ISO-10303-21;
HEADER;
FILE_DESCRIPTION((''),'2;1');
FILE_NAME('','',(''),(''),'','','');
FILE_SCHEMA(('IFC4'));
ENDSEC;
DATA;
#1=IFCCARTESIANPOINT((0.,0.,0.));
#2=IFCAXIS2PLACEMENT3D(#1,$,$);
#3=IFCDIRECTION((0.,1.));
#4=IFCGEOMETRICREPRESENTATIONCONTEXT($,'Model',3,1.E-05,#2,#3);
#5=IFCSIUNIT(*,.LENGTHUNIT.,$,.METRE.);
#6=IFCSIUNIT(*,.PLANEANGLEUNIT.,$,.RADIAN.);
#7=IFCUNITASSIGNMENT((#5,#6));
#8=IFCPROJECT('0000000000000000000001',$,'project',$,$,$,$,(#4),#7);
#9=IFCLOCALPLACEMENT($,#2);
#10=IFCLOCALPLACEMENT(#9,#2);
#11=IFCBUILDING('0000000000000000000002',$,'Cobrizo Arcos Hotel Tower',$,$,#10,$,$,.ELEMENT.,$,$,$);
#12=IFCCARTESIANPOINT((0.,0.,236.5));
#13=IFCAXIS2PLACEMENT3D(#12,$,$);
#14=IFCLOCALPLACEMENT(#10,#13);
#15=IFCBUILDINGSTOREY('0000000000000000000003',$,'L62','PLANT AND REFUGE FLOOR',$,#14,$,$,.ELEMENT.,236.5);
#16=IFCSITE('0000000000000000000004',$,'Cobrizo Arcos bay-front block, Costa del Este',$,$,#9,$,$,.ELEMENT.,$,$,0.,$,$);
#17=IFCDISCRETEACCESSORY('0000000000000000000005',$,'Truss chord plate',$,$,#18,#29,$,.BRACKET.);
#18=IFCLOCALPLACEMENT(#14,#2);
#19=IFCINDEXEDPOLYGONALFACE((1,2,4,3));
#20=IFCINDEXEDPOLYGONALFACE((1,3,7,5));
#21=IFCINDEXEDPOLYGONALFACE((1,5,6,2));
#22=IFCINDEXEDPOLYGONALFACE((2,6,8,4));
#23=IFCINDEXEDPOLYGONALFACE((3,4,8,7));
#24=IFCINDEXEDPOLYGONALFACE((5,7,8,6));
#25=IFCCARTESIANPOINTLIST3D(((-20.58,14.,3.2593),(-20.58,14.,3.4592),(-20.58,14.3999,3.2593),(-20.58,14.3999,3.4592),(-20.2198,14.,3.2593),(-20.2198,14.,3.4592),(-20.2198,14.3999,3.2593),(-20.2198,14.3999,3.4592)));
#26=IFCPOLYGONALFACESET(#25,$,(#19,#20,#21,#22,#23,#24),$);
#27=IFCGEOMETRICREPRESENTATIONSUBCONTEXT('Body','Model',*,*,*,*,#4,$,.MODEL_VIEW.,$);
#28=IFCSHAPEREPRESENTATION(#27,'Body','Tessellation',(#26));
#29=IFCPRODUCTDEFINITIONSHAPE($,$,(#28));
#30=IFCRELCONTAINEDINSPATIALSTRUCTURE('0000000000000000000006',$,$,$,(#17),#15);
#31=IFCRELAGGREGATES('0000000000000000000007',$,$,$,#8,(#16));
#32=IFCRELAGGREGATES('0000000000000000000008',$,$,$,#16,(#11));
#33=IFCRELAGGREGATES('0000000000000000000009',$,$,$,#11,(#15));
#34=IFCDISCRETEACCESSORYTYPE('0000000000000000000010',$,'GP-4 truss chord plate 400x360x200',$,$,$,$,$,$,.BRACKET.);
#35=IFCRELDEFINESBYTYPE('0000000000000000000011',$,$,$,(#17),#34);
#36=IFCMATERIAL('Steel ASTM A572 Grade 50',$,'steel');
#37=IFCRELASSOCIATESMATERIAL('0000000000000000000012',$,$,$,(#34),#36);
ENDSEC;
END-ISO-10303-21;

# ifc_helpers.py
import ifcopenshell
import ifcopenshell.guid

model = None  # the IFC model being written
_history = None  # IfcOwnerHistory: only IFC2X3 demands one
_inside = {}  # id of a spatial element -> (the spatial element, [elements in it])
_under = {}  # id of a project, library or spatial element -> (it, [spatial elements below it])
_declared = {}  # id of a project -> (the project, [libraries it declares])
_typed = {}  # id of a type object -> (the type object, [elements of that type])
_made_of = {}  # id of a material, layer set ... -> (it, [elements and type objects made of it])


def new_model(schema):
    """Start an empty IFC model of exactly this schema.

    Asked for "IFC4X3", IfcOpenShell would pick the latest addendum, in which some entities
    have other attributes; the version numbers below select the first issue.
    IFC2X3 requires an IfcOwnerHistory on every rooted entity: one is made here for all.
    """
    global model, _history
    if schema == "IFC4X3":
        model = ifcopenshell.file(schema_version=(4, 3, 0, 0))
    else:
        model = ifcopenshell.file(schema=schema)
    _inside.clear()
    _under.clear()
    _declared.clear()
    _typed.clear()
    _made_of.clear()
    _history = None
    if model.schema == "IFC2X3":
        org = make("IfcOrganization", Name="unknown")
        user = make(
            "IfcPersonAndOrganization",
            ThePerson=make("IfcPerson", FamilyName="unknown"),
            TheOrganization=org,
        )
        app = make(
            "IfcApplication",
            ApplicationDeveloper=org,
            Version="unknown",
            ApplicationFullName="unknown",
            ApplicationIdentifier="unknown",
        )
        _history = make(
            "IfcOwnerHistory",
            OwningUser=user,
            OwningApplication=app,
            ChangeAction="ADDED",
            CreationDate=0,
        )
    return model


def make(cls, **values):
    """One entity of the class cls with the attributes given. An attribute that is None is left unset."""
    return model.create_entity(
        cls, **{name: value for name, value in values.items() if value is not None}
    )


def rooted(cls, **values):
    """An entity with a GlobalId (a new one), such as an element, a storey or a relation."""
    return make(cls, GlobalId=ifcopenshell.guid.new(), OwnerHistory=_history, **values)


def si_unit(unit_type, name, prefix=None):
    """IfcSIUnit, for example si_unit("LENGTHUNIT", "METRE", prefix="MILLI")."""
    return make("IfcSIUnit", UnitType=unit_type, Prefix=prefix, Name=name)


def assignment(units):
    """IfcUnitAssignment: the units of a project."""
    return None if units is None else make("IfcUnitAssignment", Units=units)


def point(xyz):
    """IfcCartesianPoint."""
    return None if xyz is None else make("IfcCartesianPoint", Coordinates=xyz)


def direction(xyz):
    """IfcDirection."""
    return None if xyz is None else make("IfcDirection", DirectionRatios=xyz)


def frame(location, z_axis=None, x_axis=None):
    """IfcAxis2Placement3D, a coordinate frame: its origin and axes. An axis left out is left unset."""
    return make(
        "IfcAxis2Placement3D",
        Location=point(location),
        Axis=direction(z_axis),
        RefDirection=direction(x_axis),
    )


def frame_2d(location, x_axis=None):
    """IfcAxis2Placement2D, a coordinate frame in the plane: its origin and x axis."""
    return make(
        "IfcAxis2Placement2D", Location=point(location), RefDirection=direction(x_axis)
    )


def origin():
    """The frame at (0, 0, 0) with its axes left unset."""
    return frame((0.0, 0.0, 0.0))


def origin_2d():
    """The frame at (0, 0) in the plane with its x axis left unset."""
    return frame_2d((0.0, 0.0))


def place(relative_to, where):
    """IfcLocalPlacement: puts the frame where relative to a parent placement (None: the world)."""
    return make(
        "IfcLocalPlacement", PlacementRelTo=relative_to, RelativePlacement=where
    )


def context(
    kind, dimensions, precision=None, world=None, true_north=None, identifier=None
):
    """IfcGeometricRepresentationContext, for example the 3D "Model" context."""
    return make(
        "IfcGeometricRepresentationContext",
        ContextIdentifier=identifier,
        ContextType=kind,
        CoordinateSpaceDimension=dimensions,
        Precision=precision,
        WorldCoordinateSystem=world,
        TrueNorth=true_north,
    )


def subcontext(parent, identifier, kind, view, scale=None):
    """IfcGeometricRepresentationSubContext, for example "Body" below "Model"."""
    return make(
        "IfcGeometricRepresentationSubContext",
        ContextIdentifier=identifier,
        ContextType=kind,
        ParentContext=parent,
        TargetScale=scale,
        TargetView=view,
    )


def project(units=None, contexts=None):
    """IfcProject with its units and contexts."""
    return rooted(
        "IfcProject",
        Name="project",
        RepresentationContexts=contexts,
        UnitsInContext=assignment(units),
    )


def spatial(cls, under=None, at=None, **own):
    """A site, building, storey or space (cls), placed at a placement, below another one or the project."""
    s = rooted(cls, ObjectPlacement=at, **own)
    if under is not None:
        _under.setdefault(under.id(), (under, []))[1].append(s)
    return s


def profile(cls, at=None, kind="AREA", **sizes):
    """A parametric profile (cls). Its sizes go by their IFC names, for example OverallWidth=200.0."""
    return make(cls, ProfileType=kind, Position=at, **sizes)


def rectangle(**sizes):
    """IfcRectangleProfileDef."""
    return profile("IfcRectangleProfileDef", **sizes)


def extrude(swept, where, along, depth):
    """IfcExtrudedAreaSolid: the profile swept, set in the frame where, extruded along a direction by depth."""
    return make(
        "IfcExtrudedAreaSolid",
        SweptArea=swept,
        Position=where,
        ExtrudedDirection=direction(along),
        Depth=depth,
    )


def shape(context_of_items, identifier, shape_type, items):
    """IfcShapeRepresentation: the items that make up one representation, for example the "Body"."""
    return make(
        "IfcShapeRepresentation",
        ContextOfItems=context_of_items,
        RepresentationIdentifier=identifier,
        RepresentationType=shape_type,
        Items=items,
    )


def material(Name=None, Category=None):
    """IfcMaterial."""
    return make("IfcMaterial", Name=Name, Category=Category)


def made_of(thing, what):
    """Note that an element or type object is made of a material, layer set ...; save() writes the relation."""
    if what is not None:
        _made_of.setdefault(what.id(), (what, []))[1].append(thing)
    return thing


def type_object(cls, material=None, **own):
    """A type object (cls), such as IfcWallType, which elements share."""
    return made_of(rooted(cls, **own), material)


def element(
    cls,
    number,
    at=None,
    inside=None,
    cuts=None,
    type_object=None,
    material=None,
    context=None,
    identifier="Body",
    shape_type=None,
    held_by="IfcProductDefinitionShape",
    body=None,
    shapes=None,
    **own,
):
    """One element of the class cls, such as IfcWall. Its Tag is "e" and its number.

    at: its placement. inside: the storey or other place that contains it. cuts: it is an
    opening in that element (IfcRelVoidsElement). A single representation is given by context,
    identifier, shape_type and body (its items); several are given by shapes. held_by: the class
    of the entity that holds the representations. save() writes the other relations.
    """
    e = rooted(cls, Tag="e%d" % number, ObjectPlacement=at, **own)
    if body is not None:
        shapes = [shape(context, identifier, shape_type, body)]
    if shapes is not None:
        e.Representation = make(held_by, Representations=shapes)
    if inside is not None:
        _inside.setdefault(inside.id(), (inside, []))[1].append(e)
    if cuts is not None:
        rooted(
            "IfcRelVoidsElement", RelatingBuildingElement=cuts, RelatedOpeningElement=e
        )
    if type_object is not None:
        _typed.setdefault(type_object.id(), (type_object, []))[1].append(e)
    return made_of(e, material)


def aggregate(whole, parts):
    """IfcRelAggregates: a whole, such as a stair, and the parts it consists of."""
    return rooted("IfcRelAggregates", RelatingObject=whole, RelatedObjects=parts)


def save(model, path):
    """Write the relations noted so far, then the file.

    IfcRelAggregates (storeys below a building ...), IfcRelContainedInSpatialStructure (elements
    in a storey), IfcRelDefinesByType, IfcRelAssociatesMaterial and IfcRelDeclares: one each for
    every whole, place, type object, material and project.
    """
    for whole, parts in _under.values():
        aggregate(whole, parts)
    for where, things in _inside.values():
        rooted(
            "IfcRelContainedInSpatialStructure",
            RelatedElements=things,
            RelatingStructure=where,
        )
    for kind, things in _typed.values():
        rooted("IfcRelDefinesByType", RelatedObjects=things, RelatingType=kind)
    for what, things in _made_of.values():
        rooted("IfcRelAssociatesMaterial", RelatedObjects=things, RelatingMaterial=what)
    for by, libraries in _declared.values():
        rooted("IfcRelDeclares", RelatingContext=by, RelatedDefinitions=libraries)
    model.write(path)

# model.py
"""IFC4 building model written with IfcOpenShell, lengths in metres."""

from ifc_helpers import new_model, si_unit, direction, frame, origin, origin_2d, place, context, subcontext, project, spatial, rectangle, extrude, material, type_object, element, save


model = new_model("IFC4")

# Units and contexts
model_context = context("Model", 3, precision=1e-05, world=origin(), true_north=direction((0.0, 1.0)))
body_context = subcontext(model_context, "Body", "Model", "MODEL_VIEW")
ifc_project = project(units=[si_unit("LENGTHUNIT", "METRE"), si_unit("PLANEANGLEUNIT", "RADIAN")], contexts=[model_context])

# Site, building, storey
site_placement = place(None, origin())
site = spatial("IfcSite", under=ifc_project, at=site_placement, Name="Cobrizo Arcos bay-front block, Costa del Este", CompositionType="ELEMENT", RefElevation=0.0)
building_placement = place(site_placement, origin())
building = spatial("IfcBuilding", under=site, at=building_placement, Name="Cobrizo Arcos Hotel Tower", CompositionType="ELEMENT")
storey_placement = place(building_placement, frame((0.0, 0.0, 236.5)))
storey = spatial("IfcBuildingStorey", under=building, at=storey_placement, Name="L62", Description="PLANT AND REFUGE FLOOR", CompositionType="ELEMENT", Elevation=236.5)

# Discrete accessory
ifc_material_1 = material(Name="Steel ASTM A572 Grade 50", Category="steel")
discrete_accessory_type = type_object("IfcDiscreteAccessoryType", Name="GP-4 truss chord plate 400x360x200", PredefinedType="BRACKET", material=ifc_material_1)
discrete_accessory_placement = place(storey_placement, frame((-20.3999, 14.2, 3.2593), z_axis=(0.0, 0.0, 1.0), x_axis=(0.0, -1.0, 0.0)))
element("IfcDiscreteAccessory", 1, at=discrete_accessory_placement, inside=storey, type_object=discrete_accessory_type, Name="Truss chord plate", PredefinedType="BRACKET", context=body_context, shape_type="SweptSolid", body=[
    extrude(rectangle(XDim=0.3999, YDim=0.3601, at=origin_2d()), origin(), (0.0, 0.0, 1.0), 0.2),
])

save(model, "model.ifc")
